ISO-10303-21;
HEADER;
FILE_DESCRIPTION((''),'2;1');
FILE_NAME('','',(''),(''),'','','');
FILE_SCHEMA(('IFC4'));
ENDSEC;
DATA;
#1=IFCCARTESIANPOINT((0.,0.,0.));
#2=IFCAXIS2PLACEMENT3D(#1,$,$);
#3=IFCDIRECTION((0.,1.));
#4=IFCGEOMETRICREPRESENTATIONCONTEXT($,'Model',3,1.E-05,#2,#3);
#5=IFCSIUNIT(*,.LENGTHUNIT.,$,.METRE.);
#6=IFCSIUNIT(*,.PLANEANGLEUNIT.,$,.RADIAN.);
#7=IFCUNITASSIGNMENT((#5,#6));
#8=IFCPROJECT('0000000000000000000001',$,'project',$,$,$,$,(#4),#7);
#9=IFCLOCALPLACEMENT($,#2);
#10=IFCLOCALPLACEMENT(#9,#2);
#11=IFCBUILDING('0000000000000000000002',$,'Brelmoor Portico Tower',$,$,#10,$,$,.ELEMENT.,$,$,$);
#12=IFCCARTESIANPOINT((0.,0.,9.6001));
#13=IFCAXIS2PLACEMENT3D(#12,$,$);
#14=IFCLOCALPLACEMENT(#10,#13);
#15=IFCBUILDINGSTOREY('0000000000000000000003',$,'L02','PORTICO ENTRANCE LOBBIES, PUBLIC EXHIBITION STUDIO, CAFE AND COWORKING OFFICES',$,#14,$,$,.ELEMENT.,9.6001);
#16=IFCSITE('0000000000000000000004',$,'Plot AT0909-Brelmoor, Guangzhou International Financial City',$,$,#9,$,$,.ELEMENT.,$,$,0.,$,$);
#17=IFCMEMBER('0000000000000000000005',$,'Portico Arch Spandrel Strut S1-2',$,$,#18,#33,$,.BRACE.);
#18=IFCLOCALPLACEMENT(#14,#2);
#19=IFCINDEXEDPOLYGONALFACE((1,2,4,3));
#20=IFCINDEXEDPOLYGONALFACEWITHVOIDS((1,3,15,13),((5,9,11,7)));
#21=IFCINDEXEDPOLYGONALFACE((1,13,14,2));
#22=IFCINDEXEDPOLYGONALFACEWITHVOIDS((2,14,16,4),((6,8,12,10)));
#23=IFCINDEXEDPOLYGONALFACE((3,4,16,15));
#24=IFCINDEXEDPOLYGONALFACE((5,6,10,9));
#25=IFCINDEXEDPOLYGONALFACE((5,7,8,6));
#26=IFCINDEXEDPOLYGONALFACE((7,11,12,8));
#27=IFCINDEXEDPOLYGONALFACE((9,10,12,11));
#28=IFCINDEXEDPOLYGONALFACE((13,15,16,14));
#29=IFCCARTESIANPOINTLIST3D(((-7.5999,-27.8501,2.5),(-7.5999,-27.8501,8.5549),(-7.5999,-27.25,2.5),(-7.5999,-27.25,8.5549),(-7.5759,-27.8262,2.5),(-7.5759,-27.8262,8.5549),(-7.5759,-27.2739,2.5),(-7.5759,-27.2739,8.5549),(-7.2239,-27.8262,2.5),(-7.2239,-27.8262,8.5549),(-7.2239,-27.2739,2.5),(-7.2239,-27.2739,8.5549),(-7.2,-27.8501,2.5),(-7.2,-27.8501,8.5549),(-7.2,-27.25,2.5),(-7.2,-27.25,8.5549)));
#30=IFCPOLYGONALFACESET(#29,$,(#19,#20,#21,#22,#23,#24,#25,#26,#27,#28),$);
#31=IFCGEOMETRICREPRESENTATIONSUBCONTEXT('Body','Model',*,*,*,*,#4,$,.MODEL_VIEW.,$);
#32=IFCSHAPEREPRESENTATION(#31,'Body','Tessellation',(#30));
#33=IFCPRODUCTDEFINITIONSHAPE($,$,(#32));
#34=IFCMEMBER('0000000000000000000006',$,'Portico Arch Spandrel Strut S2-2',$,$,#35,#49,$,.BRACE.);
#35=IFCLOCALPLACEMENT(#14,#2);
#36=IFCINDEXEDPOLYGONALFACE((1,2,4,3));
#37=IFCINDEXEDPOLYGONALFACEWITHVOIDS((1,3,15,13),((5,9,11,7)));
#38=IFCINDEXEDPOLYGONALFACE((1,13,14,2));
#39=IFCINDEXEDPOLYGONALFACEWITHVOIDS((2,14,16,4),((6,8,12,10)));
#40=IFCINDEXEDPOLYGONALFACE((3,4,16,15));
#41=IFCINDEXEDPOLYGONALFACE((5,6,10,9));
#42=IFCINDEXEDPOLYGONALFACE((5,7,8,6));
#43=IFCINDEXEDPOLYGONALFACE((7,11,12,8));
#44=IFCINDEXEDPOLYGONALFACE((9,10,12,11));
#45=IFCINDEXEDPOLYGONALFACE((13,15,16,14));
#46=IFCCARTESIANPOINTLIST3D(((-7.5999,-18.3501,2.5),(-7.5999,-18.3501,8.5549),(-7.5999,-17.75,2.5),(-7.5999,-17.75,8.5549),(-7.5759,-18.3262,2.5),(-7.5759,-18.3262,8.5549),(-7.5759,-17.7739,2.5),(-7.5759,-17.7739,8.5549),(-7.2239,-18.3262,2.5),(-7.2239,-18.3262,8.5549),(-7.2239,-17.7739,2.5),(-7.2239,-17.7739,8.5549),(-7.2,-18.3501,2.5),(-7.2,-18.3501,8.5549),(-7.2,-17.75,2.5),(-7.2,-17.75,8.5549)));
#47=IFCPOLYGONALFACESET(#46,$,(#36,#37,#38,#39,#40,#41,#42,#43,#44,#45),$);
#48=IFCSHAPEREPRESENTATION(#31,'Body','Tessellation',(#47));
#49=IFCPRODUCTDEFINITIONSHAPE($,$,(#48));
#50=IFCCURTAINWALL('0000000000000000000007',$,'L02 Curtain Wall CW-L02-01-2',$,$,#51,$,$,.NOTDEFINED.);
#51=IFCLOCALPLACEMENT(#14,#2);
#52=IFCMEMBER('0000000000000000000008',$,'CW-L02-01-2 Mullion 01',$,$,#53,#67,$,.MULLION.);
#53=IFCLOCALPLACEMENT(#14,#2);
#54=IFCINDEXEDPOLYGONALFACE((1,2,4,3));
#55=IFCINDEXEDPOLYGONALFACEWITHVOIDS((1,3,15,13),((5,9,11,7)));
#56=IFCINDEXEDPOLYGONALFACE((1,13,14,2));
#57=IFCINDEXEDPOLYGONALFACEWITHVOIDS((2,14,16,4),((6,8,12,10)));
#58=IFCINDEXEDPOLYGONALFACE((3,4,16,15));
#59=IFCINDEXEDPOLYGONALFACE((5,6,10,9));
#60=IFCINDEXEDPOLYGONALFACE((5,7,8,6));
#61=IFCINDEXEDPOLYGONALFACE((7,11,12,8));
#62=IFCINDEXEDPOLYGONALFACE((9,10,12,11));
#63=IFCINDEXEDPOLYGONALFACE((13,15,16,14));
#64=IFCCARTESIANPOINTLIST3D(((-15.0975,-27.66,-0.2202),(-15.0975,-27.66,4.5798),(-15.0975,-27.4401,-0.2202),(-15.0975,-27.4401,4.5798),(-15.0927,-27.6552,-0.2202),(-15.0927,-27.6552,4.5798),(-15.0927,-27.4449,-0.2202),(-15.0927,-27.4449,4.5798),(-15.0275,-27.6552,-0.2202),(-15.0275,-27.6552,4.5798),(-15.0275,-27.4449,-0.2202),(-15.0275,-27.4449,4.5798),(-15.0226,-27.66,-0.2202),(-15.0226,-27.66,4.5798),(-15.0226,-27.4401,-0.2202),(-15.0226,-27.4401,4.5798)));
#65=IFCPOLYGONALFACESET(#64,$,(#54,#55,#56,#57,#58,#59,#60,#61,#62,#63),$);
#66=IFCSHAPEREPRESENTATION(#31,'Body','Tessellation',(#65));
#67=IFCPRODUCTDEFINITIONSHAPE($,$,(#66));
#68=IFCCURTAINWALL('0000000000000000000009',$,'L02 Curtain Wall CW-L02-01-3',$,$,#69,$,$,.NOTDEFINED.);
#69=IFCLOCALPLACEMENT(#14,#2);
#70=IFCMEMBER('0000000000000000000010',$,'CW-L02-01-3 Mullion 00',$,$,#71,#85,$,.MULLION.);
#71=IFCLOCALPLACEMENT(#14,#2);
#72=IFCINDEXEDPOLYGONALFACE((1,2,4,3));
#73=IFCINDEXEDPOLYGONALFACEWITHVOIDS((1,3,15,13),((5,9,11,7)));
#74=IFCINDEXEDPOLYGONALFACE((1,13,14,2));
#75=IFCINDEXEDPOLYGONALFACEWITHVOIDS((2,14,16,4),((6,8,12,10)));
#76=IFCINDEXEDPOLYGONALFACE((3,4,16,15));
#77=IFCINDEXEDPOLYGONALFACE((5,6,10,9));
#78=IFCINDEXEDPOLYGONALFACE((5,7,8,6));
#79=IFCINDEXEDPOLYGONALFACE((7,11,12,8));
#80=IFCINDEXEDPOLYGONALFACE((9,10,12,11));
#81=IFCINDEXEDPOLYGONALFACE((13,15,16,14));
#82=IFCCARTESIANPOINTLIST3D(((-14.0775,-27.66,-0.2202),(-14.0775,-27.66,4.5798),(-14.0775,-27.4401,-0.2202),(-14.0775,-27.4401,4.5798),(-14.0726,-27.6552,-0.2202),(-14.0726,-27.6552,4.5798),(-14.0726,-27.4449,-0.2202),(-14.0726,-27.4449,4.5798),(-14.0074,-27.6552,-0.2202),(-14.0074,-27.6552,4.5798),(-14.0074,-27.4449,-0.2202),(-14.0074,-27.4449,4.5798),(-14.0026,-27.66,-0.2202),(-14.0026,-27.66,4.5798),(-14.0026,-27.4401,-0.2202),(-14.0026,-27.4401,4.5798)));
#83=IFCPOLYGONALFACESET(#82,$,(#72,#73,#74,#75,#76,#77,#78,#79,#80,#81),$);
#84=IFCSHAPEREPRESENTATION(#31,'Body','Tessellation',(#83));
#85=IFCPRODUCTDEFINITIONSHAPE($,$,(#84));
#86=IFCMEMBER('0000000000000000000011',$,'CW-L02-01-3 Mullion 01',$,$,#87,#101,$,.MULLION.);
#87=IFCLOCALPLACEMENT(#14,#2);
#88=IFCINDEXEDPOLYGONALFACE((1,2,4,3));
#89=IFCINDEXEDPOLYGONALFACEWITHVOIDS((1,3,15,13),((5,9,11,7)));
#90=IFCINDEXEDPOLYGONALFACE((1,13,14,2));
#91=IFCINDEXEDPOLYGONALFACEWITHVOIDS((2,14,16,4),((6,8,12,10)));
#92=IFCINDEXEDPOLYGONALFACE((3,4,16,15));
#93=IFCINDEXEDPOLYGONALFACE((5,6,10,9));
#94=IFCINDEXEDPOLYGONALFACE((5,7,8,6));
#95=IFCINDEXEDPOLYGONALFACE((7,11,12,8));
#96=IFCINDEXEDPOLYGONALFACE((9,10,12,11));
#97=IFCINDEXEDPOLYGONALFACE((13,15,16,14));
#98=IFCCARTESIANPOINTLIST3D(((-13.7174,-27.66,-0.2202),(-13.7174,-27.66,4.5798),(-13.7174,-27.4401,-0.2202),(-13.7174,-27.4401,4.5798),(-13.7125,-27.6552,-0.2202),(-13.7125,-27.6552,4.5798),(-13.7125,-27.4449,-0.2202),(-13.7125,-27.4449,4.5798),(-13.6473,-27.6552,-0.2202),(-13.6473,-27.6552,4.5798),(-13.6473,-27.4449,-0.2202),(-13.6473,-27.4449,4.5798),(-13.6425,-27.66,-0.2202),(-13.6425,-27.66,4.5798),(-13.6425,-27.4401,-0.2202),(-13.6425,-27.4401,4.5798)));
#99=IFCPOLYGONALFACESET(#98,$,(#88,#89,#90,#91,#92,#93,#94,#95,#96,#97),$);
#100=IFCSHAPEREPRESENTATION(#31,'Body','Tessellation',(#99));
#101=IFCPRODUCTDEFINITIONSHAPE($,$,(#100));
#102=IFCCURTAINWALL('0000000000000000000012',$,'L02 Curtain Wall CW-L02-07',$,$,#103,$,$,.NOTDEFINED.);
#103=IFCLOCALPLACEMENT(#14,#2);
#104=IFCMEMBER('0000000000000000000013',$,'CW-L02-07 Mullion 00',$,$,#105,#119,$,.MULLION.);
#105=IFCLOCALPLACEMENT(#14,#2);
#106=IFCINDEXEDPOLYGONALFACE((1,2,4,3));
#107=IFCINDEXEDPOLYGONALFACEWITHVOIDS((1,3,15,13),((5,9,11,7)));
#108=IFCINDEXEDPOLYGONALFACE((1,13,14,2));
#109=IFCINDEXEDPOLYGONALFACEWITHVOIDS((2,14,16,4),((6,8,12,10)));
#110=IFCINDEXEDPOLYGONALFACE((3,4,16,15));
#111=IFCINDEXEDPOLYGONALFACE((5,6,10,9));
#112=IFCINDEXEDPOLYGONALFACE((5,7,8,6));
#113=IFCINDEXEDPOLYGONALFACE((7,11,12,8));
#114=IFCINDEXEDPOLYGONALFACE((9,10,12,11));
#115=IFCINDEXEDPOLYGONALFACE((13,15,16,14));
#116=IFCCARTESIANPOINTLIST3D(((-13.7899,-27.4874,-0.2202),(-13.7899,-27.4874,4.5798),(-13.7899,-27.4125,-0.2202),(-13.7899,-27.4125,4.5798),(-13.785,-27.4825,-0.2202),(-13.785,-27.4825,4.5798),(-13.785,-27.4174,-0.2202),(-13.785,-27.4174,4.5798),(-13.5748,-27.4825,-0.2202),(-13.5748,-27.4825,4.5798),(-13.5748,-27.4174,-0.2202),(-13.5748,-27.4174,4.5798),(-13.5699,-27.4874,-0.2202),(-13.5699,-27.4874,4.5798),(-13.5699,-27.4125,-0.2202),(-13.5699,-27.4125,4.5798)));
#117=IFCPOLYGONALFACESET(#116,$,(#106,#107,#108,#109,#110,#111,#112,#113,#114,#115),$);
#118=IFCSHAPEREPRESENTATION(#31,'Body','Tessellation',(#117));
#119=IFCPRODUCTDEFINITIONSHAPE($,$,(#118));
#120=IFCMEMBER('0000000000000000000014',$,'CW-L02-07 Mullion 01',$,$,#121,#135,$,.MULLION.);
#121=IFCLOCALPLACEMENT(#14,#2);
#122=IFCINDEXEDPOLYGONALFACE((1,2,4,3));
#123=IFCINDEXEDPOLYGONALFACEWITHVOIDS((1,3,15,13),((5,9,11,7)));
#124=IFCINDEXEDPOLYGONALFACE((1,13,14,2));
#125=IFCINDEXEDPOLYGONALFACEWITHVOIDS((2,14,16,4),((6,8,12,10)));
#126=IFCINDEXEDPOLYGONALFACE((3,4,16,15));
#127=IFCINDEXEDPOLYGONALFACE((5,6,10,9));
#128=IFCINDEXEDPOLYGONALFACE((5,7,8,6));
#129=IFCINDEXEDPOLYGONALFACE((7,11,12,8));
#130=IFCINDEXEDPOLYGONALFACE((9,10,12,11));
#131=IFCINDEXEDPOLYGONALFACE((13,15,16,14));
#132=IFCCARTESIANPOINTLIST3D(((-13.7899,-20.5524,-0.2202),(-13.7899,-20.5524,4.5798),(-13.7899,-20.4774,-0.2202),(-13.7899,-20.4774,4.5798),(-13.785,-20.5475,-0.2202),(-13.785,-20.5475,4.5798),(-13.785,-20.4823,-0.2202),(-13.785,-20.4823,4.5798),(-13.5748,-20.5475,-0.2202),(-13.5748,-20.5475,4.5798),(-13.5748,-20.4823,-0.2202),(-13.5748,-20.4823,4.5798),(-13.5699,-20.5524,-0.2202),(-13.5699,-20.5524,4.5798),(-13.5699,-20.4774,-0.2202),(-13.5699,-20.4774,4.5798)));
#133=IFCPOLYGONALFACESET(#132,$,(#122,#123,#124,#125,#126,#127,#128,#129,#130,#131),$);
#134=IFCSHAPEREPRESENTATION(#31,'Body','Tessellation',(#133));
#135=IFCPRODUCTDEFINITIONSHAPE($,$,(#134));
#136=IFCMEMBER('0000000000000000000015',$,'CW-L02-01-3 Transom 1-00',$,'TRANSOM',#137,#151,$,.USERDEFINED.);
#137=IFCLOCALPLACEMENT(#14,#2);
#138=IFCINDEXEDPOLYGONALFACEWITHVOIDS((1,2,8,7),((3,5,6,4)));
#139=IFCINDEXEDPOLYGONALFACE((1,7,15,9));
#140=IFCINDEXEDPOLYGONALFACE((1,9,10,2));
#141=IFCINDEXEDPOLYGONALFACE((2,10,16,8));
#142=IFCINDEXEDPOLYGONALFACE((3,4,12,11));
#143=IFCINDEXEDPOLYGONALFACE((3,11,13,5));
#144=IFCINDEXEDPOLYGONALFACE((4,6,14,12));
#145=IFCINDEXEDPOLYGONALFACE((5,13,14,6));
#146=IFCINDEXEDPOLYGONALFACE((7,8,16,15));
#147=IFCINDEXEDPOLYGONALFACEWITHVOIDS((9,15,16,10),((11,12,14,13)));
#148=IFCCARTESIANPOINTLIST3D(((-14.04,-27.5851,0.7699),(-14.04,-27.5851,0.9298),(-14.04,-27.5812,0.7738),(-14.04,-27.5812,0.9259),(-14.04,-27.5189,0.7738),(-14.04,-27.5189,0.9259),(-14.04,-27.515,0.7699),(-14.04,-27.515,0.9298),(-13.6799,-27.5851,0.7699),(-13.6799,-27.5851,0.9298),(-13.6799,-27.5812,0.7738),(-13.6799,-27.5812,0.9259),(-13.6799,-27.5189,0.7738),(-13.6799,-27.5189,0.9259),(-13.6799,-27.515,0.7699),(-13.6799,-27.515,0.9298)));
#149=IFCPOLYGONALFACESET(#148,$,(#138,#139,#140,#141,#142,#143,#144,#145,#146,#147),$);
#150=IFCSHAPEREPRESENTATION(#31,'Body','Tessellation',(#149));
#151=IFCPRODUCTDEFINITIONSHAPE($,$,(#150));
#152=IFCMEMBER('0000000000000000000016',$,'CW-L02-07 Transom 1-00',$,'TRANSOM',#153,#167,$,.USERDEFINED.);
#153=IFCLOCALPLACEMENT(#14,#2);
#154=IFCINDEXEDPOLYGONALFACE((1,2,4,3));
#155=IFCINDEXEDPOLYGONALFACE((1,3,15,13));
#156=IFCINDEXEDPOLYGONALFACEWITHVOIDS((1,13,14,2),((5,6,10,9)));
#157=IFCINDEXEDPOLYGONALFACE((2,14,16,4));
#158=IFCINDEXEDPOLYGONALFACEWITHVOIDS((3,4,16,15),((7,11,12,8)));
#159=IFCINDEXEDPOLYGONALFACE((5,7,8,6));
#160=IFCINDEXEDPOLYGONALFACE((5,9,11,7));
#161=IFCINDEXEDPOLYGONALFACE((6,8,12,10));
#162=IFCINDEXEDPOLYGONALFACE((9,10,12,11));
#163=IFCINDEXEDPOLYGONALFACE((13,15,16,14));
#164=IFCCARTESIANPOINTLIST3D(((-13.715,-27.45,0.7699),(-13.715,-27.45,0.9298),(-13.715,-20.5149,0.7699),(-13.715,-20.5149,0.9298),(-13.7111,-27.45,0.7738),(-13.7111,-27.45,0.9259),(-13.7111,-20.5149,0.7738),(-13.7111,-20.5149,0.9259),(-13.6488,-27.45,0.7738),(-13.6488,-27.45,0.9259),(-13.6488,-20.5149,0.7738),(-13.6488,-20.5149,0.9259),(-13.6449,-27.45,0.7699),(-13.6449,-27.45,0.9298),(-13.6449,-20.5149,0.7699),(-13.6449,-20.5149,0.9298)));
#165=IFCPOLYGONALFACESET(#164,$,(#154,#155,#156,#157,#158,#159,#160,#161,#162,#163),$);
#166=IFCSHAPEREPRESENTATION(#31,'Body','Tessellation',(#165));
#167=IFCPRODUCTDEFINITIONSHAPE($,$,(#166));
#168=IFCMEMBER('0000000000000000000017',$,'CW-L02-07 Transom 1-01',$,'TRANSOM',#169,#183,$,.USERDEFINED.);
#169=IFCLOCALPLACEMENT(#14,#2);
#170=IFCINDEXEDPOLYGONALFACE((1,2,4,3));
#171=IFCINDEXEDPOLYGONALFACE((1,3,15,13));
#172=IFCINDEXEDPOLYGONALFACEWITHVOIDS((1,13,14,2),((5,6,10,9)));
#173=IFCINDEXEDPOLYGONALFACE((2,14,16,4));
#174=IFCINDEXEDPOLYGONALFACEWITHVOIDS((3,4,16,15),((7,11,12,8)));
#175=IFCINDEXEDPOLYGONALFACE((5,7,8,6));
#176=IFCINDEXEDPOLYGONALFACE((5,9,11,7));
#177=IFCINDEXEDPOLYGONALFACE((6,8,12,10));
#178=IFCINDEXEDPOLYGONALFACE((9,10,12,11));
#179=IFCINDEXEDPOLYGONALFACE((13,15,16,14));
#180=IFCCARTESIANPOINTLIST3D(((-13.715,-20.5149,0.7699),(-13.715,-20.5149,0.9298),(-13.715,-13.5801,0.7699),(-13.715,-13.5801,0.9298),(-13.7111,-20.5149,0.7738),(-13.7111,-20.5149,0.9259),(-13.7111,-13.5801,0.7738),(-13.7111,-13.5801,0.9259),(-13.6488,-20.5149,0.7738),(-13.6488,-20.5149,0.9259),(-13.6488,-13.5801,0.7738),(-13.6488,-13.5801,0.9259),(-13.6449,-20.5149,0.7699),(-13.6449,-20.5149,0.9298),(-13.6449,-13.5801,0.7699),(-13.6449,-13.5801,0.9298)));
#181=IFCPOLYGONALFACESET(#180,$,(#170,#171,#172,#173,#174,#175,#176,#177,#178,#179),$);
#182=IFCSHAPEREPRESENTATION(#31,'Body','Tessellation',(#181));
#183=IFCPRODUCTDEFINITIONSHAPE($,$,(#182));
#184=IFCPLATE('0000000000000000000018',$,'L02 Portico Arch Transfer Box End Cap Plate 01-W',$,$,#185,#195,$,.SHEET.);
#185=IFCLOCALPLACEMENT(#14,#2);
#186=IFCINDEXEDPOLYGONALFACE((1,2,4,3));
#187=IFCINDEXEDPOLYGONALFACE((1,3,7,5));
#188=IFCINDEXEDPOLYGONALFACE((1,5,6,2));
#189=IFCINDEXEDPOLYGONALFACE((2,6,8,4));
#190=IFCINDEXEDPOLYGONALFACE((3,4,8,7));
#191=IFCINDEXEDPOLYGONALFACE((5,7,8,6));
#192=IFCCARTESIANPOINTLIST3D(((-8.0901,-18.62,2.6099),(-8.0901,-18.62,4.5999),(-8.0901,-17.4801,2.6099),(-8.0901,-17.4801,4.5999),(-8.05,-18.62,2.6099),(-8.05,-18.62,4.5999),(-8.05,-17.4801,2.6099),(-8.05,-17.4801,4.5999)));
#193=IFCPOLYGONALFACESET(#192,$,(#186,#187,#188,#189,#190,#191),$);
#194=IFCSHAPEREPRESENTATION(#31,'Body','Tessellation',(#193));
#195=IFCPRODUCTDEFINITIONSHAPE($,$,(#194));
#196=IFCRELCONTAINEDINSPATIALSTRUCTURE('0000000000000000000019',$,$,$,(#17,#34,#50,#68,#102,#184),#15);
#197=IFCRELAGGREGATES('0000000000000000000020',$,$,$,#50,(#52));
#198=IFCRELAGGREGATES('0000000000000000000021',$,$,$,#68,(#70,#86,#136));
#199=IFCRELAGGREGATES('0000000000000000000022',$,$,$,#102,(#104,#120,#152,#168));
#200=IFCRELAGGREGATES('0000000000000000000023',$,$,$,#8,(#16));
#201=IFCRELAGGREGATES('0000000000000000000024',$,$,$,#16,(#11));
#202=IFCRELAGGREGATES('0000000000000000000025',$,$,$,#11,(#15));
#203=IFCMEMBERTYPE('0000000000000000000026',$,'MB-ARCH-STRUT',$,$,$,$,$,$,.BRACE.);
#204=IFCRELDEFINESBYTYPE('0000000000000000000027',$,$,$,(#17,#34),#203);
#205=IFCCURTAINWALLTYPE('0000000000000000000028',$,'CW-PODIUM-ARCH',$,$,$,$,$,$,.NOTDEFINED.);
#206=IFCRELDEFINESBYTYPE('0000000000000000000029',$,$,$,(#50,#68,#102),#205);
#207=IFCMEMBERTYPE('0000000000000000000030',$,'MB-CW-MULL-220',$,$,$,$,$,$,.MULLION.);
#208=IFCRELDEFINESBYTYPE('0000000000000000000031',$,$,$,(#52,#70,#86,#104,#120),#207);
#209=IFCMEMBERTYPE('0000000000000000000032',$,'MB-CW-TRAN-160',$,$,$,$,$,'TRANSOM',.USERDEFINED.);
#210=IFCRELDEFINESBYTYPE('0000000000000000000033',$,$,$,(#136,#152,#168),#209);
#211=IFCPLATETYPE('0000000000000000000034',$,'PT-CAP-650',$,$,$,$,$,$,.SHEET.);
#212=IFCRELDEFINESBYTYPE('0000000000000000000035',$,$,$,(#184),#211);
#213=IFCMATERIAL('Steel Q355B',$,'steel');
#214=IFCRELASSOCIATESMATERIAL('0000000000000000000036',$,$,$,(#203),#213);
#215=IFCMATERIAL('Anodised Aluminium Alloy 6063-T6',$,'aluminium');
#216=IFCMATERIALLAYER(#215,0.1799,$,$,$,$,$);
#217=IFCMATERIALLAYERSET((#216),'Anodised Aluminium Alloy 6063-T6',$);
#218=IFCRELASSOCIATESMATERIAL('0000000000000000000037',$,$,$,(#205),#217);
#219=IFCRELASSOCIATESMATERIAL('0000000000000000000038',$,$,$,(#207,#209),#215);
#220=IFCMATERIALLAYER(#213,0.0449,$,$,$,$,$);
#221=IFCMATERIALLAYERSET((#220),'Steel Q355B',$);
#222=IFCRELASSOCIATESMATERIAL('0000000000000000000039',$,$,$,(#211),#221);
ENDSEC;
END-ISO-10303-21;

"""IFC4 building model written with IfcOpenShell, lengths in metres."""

from ifc_helpers import new_model, si_unit, direction, frame, origin, origin_2d, place, context, subcontext, project, spatial, rectangle, hollow_rectangle, extrude, material, layer, layer_set, material_profile, profile_set, type_object, element, aggregate, save


model = new_model("IFC4")

# Units and contexts
model_context = context("Model", 3, precision=1e-05, world=origin(), true_north=direction((0.0, 1.0)))
body_context = subcontext(model_context, "Body", "Model", "MODEL_VIEW")
ifc_project = project(units=[si_unit("LENGTHUNIT", "METRE"), si_unit("PLANEANGLEUNIT", "RADIAN")], contexts=[model_context])

# Site, building, storey
site_placement = place(None, origin())
site = spatial("IfcSite", under=ifc_project, at=site_placement, Name="Plot AT0909-Brelmoor, Guangzhou International Financial City", CompositionType="ELEMENT", RefElevation=0.0)
building_placement = place(site_placement, origin())
building = spatial("IfcBuilding", under=site, at=building_placement, Name="Brelmoor Portico Tower", CompositionType="ELEMENT")
storey_placement = place(building_placement, frame((0.0, 0.0, 9.6001)))
storey = spatial("IfcBuildingStorey", under=building, at=storey_placement, Name="L02", Description="PORTICO ENTRANCE LOBBIES, PUBLIC EXHIBITION STUDIO, CAFE AND COWORKING OFFICES", CompositionType="ELEMENT", Elevation=9.6001)

# Shared definitions
ifc_material_1 = material(Name="Steel Q355B", Category="steel")

# Members
ifc_material_profile_1 = material_profile(ifc_material_1, hollow_rectangle(XDim=0.3999, YDim=0.6001, WallThickness=0.0239, at=origin_2d()), Name="RHS 400x600x24")
ifc_profile_set_1 = profile_set([ifc_material_profile_1], Name="Steel Q355B")
member_type_1 = type_object("IfcMemberType", Name="MB-ARCH-STRUT", PredefinedType="BRACE", material=ifc_profile_set_1)
for number, where, z_axis, x_axis, name in (
    (1, (-7.3999, -27.55, 2.5), (0.0, 0.0, 1.0), (1.0, 0.0, 0.0), "Portico Arch Spandrel Strut S1-2"),
    (2, (-7.3999, -18.05, 2.5), (0.0, 0.0, 1.0), (1.0, 0.0, 0.0), "Portico Arch Spandrel Strut S2-2"),
):
    element("IfcMember", number, at=place(storey_placement, frame(where, z_axis=z_axis, x_axis=x_axis)), inside=storey, type_object=member_type_1, Name=name, PredefinedType="BRACE", context=body_context, shape_type="SweptSolid", body=[
        extrude(hollow_rectangle(XDim=0.3999, YDim=0.6001, WallThickness=0.0239, at=origin_2d()), origin(), (0.0, 0.0, 1.0), 6.0549),
    ])

# Curtain wall, member
ifc_material_2 = material(Name="Anodised Aluminium Alloy 6063-T6", Category="aluminium")
ifc_layer_1 = layer(ifc_material_2, 0.1799)
ifc_layer_set_1 = layer_set([ifc_layer_1], Name="Anodised Aluminium Alloy 6063-T6")
curtain_wall_type = type_object("IfcCurtainWallType", Name="CW-PODIUM-ARCH", PredefinedType="NOTDEFINED", material=ifc_layer_set_1)
curtain_wall_1_placement = place(storey_placement, origin())
curtain_wall_1 = element("IfcCurtainWall", 3, at=curtain_wall_1_placement, inside=storey, type_object=curtain_wall_type, Name="L02 Curtain Wall CW-L02-01-2", PredefinedType="NOTDEFINED")
ifc_material_profile_2 = material_profile(ifc_material_2, hollow_rectangle(XDim=0.075, YDim=0.22, WallThickness=0.0049, at=origin_2d()), Name="ALU MULLION 75x220")
ifc_profile_set_2 = profile_set([ifc_material_profile_2], Name="Anodised Aluminium Alloy 6063-T6")
member_type_2 = type_object("IfcMemberType", Name="MB-CW-MULL-220", PredefinedType="MULLION", material=ifc_profile_set_2)
member_1_placement = place(storey_placement, frame((-15.0601, -27.55, -0.2202), z_axis=(0.0, 0.0, 1.0), x_axis=(1.0, 0.0, 0.0)))
member_1 = element("IfcMember", 4, at=member_1_placement, type_object=member_type_2, Name="CW-L02-01-2 Mullion 01", PredefinedType="MULLION", context=body_context, shape_type="SweptSolid", body=[
    extrude(hollow_rectangle(XDim=0.075, YDim=0.22, WallThickness=0.0049, at=origin_2d()), origin(), (0.0, 0.0, 1.0), 4.8),
])

# Curtain walls, members
curtain_wall_2_placement = place(storey_placement, origin())
curtain_wall_2 = element("IfcCurtainWall", 5, at=curtain_wall_2_placement, inside=storey, type_object=curtain_wall_type, Name="L02 Curtain Wall CW-L02-01-3", PredefinedType="NOTDEFINED")
member_2_placement = place(storey_placement, frame((-14.04, -27.55, -0.2202), z_axis=(0.0, 0.0, 1.0), x_axis=(1.0, 0.0, 0.0)))
member_2 = element("IfcMember", 6, at=member_2_placement, type_object=member_type_2, Name="CW-L02-01-3 Mullion 00", PredefinedType="MULLION", context=body_context, shape_type="SweptSolid", body=[
    extrude(hollow_rectangle(XDim=0.075, YDim=0.22, WallThickness=0.0049, at=origin_2d()), origin(), (0.0, 0.0, 1.0), 4.8),
])
member_3_placement = place(storey_placement, frame((-13.6799, -27.55, -0.2202), z_axis=(0.0, 0.0, 1.0), x_axis=(1.0, 0.0, 0.0)))
member_3 = element("IfcMember", 7, at=member_3_placement, type_object=member_type_2, Name="CW-L02-01-3 Mullion 01", PredefinedType="MULLION", context=body_context, shape_type="SweptSolid", body=[
    extrude(hollow_rectangle(XDim=0.075, YDim=0.22, WallThickness=0.0049, at=origin_2d()), origin(), (0.0, 0.0, 1.0), 4.8),
])
curtain_wall_3_placement = place(storey_placement, origin())
curtain_wall_3 = element("IfcCurtainWall", 8, at=curtain_wall_3_placement, inside=storey, type_object=curtain_wall_type, Name="L02 Curtain Wall CW-L02-07", PredefinedType="NOTDEFINED")
member_4_placement = place(storey_placement, frame((-13.6799, -27.45, -0.2202), z_axis=(0.0, 0.0, 1.0), x_axis=(0.0, 1.0, 0.0)))
member_4 = element("IfcMember", 9, at=member_4_placement, type_object=member_type_2, Name="CW-L02-07 Mullion 00", PredefinedType="MULLION", context=body_context, shape_type="SweptSolid", body=[
    extrude(hollow_rectangle(XDim=0.075, YDim=0.22, WallThickness=0.0049, at=origin_2d()), origin(), (0.0, 0.0, 1.0), 4.8),
])
member_5_placement = place(storey_placement, frame((-13.6799, -20.5149, -0.2202), z_axis=(0.0, 0.0, 1.0), x_axis=(0.0, 1.0, 0.0)))
member_5 = element("IfcMember", 10, at=member_5_placement, type_object=member_type_2, Name="CW-L02-07 Mullion 01", PredefinedType="MULLION", context=body_context, shape_type="SweptSolid", body=[
    extrude(hollow_rectangle(XDim=0.075, YDim=0.22, WallThickness=0.0049, at=origin_2d()), origin(), (0.0, 0.0, 1.0), 4.8),
])

# Members
ifc_material_profile_3 = material_profile(ifc_material_2, hollow_rectangle(XDim=0.0701, YDim=0.1599, WallThickness=0.0039, at=origin_2d()), Name="ALU TRANSOM 70x160")
ifc_profile_set_3 = profile_set([ifc_material_profile_3], Name="Anodised Aluminium Alloy 6063-T6")
member_type_3 = type_object("IfcMemberType", Name="MB-CW-TRAN-160", ElementType="TRANSOM", PredefinedType="USERDEFINED", material=ifc_profile_set_3)
member_6_placement = place(storey_placement, frame((-14.04, -27.55, 0.8499), z_axis=(1.0, 0.0, 0.0), x_axis=(0.0, 1.0, 0.0)))
member_6 = element("IfcMember", 11, at=member_6_placement, type_object=member_type_3, Name="CW-L02-01-3 Transom 1-00", ObjectType="TRANSOM", PredefinedType="USERDEFINED", context=body_context, shape_type="SweptSolid", body=[
    extrude(hollow_rectangle(XDim=0.0701, YDim=0.1599, WallThickness=0.0039, at=origin_2d()), origin(), (0.0, 0.0, 1.0), 0.3601),
])
member_7_placement = place(storey_placement, frame((-13.6799, -27.45, 0.8499), z_axis=(0.0, 1.0, 0.0), x_axis=(-1.0, 0.0, 0.0)))
member_7 = element("IfcMember", 12, at=member_7_placement, type_object=member_type_3, Name="CW-L02-07 Transom 1-00", ObjectType="TRANSOM", PredefinedType="USERDEFINED", context=body_context, shape_type="SweptSolid", body=[
    extrude(hollow_rectangle(XDim=0.0701, YDim=0.1599, WallThickness=0.0039, at=origin_2d()), origin(), (0.0, 0.0, 1.0), 6.9351),
])
member_8_placement = place(storey_placement, frame((-13.6799, -20.5149, 0.8499), z_axis=(0.0, 1.0, 0.0), x_axis=(-1.0, 0.0, 0.0)))
member_8 = element("IfcMember", 13, at=member_8_placement, type_object=member_type_3, Name="CW-L02-07 Transom 1-01", ObjectType="TRANSOM", PredefinedType="USERDEFINED", context=body_context, shape_type="SweptSolid", body=[
    extrude(hollow_rectangle(XDim=0.0701, YDim=0.1599, WallThickness=0.0039, at=origin_2d()), origin(), (0.0, 0.0, 1.0), 6.9348),
])

# Plate
ifc_layer_2 = layer(ifc_material_1, 0.0449)
ifc_layer_set_2 = layer_set([ifc_layer_2], Name="Steel Q355B")
plate_type_1 = type_object("IfcPlateType", Name="PT-CAP-650", PredefinedType="SHEET", material=ifc_layer_set_2)
plate_1_placement = place(storey_placement, frame((-8.0701, -18.05, 2.6099), z_axis=(0.0, 0.0, 1.0), x_axis=(1.0, 0.0, 0.0)))
element("IfcPlate", 14, at=plate_1_placement, inside=storey, type_object=plate_type_1, Name="L02 Portico Arch Transfer Box End Cap Plate 01-W", PredefinedType="SHEET", context=body_context, shape_type="SweptSolid", body=[
    extrude(rectangle(XDim=0.04, YDim=1.1399, at=origin_2d()), origin(), (0.0, 0.0, 1.0), 1.99),
])

aggregate(curtain_wall_1, [member_1])
aggregate(curtain_wall_2, [member_2, member_3, member_6])
aggregate(curtain_wall_3, [member_4, member_5, member_7, member_8])

save(model, "model.ifc")
